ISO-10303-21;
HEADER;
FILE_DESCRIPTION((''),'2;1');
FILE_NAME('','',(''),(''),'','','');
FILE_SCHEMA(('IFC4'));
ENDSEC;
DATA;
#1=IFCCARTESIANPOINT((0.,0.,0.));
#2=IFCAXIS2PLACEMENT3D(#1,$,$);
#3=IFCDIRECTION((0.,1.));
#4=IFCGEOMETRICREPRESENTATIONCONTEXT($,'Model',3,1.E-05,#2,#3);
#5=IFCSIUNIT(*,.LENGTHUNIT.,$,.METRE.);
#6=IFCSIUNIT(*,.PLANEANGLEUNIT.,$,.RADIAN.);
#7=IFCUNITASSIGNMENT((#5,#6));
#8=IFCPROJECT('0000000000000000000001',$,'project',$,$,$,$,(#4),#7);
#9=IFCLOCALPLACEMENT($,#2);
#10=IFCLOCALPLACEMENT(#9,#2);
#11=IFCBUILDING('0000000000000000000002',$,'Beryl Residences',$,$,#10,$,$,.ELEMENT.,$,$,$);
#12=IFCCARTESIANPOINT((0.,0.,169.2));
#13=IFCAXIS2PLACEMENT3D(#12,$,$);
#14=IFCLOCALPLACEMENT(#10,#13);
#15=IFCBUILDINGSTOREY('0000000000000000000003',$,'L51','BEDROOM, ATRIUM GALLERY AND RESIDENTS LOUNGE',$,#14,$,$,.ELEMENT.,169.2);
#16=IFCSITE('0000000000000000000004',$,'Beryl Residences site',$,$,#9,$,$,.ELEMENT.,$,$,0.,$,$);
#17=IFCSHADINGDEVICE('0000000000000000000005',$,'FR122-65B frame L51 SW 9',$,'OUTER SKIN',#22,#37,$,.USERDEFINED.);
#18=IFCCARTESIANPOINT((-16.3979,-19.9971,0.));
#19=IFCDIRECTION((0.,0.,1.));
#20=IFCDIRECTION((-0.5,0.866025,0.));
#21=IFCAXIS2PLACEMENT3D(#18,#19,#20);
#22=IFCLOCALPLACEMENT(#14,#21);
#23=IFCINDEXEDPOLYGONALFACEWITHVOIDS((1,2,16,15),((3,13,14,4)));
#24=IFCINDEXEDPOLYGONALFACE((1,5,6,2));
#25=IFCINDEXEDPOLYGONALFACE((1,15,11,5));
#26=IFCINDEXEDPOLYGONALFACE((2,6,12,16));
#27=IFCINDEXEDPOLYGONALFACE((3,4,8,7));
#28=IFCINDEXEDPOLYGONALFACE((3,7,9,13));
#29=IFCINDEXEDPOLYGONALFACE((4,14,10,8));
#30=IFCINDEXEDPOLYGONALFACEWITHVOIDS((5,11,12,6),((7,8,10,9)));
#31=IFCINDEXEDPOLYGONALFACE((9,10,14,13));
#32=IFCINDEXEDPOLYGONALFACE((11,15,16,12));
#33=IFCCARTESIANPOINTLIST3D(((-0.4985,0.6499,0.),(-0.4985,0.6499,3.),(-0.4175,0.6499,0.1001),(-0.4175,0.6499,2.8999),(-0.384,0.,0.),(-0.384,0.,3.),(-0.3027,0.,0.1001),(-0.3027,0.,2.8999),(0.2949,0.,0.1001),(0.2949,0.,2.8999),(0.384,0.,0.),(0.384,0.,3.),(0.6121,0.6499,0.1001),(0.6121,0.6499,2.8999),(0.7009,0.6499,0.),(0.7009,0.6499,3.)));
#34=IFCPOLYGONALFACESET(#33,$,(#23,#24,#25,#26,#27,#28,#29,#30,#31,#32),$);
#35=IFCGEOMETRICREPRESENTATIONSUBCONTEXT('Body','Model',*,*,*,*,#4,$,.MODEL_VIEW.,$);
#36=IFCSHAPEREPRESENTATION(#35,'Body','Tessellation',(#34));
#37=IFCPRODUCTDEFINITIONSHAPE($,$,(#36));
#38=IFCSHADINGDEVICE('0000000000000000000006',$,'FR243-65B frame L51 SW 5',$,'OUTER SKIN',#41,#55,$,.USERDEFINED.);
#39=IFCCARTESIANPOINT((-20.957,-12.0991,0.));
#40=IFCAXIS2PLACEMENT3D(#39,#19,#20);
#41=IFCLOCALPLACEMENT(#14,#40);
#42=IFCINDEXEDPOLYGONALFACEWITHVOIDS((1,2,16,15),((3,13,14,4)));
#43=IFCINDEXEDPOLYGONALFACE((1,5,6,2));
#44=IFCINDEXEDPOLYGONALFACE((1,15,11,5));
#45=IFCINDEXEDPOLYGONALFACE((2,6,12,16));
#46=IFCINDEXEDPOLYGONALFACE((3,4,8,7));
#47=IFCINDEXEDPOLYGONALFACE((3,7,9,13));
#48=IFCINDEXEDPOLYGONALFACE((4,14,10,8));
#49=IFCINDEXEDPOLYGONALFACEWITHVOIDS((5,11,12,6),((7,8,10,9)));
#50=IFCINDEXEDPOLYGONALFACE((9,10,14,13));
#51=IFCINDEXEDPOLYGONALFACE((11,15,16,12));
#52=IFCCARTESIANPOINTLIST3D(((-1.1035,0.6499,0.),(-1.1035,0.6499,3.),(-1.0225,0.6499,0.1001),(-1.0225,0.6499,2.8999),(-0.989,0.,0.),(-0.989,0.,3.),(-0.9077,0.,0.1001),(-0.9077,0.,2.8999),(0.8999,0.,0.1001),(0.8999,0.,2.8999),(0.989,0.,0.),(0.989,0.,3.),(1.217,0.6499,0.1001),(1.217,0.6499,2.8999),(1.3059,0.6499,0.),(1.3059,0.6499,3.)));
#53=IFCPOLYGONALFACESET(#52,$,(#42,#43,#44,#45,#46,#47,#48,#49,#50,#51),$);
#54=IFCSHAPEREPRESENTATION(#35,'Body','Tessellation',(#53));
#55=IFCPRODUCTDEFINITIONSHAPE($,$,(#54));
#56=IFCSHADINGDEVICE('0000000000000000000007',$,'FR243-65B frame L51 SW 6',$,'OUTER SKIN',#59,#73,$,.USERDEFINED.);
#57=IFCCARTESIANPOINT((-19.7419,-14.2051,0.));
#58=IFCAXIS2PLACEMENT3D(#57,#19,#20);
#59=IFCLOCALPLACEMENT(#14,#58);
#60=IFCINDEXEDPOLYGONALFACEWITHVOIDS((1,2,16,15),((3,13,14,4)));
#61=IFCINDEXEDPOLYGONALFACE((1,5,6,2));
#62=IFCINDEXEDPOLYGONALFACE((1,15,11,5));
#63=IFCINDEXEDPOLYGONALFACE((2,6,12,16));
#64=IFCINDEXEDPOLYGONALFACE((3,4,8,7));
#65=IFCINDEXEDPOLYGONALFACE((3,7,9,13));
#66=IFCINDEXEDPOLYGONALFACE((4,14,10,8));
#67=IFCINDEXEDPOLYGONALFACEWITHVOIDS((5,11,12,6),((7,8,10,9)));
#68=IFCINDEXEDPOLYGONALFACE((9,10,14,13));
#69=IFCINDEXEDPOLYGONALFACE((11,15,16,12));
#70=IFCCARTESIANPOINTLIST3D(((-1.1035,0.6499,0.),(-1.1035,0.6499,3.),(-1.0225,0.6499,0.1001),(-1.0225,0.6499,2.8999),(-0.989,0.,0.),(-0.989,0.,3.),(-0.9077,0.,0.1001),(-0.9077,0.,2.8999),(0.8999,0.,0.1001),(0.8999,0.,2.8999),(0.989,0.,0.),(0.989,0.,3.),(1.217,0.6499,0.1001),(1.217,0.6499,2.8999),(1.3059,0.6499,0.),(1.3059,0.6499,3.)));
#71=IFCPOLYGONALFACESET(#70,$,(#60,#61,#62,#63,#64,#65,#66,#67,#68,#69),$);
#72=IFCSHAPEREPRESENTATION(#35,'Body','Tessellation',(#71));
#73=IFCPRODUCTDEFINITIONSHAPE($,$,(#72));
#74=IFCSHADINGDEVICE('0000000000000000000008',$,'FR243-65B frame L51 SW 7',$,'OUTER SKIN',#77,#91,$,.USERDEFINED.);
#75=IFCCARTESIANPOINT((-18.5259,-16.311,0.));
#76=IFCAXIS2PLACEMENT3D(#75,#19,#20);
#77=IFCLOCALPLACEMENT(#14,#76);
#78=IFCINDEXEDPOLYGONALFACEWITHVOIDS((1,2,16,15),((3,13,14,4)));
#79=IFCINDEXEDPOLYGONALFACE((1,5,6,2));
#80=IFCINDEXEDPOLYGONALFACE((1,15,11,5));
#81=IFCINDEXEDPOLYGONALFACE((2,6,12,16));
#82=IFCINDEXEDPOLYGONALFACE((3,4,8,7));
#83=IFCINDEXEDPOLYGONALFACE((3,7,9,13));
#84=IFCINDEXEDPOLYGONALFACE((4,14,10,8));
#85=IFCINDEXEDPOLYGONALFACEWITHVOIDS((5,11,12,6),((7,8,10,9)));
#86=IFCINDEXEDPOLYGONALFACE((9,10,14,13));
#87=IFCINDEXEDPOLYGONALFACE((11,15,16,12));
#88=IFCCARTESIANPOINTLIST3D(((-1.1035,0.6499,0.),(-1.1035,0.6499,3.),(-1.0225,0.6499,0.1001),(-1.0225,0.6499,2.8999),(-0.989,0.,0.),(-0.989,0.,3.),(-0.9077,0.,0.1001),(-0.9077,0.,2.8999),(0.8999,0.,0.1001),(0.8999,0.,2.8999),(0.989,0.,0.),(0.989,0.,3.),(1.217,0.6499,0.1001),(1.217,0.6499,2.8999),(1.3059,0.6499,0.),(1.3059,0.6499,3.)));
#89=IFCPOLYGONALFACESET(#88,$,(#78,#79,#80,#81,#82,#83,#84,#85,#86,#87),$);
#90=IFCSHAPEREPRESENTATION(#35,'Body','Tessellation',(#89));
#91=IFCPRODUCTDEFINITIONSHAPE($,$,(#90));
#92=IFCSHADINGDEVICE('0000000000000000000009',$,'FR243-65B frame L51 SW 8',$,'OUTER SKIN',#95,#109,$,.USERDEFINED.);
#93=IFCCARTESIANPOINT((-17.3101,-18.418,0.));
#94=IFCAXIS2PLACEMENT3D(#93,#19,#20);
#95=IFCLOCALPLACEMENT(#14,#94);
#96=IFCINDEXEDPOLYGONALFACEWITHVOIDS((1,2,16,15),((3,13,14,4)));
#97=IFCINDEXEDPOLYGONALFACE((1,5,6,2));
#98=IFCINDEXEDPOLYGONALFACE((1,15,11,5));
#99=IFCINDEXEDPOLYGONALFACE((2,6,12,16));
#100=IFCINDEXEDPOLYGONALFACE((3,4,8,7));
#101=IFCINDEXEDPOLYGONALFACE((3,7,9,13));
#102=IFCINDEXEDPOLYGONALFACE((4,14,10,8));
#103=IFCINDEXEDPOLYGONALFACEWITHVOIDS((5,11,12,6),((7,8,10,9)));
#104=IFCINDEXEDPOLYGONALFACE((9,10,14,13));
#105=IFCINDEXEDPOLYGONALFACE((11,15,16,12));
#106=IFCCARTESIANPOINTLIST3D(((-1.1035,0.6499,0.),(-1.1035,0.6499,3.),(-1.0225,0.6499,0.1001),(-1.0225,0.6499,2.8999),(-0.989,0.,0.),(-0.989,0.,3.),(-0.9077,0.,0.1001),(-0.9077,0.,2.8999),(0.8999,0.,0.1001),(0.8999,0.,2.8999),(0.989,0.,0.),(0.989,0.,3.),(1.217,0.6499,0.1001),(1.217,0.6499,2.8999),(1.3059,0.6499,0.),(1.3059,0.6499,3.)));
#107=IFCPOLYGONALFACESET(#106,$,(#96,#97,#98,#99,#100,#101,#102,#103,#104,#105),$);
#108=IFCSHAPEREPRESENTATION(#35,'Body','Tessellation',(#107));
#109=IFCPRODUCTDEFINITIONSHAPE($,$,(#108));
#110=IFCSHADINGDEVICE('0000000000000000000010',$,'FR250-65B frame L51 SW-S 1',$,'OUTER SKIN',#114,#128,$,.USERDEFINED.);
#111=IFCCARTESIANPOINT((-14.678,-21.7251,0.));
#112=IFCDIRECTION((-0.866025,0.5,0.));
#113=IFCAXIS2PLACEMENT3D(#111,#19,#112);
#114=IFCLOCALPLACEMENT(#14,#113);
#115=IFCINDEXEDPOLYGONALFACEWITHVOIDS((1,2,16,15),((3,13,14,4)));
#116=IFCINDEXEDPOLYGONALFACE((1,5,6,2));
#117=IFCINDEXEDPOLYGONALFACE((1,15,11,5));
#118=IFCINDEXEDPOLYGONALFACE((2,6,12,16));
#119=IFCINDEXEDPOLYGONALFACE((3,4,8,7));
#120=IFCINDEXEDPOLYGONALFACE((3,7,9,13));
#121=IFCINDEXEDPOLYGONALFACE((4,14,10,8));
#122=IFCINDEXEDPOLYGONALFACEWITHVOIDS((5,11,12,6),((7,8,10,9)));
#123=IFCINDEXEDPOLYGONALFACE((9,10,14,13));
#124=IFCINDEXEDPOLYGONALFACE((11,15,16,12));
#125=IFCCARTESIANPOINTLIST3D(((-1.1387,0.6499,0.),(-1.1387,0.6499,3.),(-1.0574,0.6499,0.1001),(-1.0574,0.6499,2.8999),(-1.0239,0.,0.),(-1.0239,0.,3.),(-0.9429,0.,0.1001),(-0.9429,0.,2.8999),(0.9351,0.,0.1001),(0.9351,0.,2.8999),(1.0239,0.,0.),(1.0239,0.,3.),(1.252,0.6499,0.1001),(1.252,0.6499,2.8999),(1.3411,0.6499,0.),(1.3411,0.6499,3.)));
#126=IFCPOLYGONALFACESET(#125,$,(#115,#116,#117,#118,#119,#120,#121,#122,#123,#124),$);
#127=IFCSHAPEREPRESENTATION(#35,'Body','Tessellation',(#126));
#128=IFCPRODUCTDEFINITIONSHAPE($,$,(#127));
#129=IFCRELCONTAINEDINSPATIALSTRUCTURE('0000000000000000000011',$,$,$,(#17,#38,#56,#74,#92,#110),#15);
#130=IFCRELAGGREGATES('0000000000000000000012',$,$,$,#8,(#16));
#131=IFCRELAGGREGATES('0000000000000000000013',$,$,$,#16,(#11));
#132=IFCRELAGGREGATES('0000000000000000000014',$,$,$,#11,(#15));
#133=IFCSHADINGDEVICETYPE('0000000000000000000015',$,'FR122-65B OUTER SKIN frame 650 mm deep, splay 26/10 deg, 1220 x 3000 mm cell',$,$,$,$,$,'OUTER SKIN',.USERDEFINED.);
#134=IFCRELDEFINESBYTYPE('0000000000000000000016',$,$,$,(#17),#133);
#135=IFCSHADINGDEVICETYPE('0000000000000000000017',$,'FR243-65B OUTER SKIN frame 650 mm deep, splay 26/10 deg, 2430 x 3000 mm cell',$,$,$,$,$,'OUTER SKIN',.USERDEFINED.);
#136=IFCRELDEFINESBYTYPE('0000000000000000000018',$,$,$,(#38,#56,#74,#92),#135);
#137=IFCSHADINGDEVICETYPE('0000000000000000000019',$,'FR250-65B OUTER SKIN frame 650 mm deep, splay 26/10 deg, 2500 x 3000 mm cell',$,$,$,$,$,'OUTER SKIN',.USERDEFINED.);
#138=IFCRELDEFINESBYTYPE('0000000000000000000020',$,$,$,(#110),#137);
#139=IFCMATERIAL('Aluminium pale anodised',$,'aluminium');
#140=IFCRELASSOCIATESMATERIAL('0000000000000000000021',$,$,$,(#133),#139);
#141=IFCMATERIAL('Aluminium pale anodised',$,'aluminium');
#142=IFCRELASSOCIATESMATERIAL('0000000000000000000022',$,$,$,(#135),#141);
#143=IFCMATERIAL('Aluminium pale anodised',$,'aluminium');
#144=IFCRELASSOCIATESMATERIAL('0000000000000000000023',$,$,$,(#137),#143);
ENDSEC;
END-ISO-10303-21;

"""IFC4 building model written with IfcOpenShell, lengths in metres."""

from ifc_helpers import new_model, entity, si_unit, direction, frame, origin, place, context, subcontext, project, spatial, source, transform, mapped, material, type_object, type_shapes, element, save


model = new_model("IFC4")

# Units and contexts
model_context = context("Model", 3, precision=1e-05, world=origin(), true_north=direction((0.0, 1.0)))
body_context = subcontext(model_context, "Body", "Model", "MODEL_VIEW")
ifc_project = project(units=[si_unit("LENGTHUNIT", "METRE"), si_unit("PLANEANGLEUNIT", "RADIAN")], contexts=[model_context])

# Site, building, storey
site_placement = place(None, origin())
site = spatial("IfcSite", under=ifc_project, at=site_placement, Name="Beryl Residences site", CompositionType="ELEMENT", RefElevation=0.0)
building_placement = place(site_placement, origin())
building = spatial("IfcBuilding", under=site, at=building_placement, Name="Beryl Residences", CompositionType="ELEMENT")
storey_placement = place(building_placement, frame((0.0, 0.0, 169.2)))
storey = spatial("IfcBuildingStorey", under=building, at=storey_placement, Name="L51", Description="BEDROOM, ATRIUM GALLERY AND RESIDENTS LOUNGE", CompositionType="ELEMENT", Elevation=169.2)

# Shading devices
ifc_material_1 = material(Name="Aluminium pale anodised", Category="aluminium")
shading_device_type_1 = type_object("IfcShadingDeviceType", Name="FR122-65B OUTER SKIN frame 650 mm deep, splay 26/10 deg, 1220 x 3000 mm cell", ElementType="OUTER SKIN", PredefinedType="USERDEFINED", material=ifc_material_1)
cartesian_point_1 = entity("IfcCartesianPoint", [-0.384, 0.0])
cartesian_point_2 = entity("IfcCartesianPoint", [-0.2949, 0.1001])
cartesian_point_3 = entity("IfcCartesianPoint", [-0.7009, 0.0])
cartesian_point_4 = entity("IfcCartesianPoint", [-0.6121, 0.1001])
shared_shape_1 = source(origin(), body_context, "Body", "SweptSolid", [
    entity("IfcExtrudedAreaSolidTapered", entity("IfcArbitraryProfileDefWithVoids", "AREA", None, entity("IfcPolyline", [cartesian_point_1, entity("IfcCartesianPoint", [0.384, 0.0]), entity("IfcCartesianPoint", [0.384, 3.0]), entity("IfcCartesianPoint", [-0.384, 3.0]), cartesian_point_1]), [entity("IfcPolyline", [cartesian_point_2, entity("IfcCartesianPoint", [0.3027, 0.1001]), entity("IfcCartesianPoint", [0.3027, 2.8999]), entity("IfcCartesianPoint", [-0.2949, 2.8999]), cartesian_point_2])]), entity("IfcAxis2Placement3D", entity("IfcCartesianPoint", [0.0, 0.0, 0.0]), entity("IfcDirection", [0.0, 1.0, 0.0]), entity("IfcDirection", [-1.0, 0.0, 0.0])), entity("IfcDirection", [0.0, 0.0, 1.0]), 0.6499, entity("IfcArbitraryProfileDefWithVoids", "AREA", None, entity("IfcPolyline", [cartesian_point_3, entity("IfcCartesianPoint", [0.4985, 0.0]), entity("IfcCartesianPoint", [0.4985, 3.0]), entity("IfcCartesianPoint", [-0.7009, 3.0]), cartesian_point_3]), [entity("IfcPolyline", [cartesian_point_4, entity("IfcCartesianPoint", [0.4175, 0.1001]), entity("IfcCartesianPoint", [0.4175, 2.8999]), entity("IfcCartesianPoint", [-0.6121, 2.8999]), cartesian_point_4])])),
])
type_shapes(shading_device_type_1, [shared_shape_1])
shading_device_1_placement = place(storey_placement, frame((-16.3979, -19.9971, 0.0), z_axis=(0.0, 0.0, 1.0), x_axis=(-0.5, 0.866025, 0.0)))
element("IfcShadingDevice", 1, at=shading_device_1_placement, inside=storey, type_object=shading_device_type_1, Name="FR122-65B frame L51 SW 9", ObjectType="OUTER SKIN", PredefinedType="USERDEFINED", context=body_context, shape_type="MappedRepresentation", body=[
    mapped(shared_shape_1, transform((0.0, 0.0, 0.0))),
])
ifc_material_2 = material(Name="Aluminium pale anodised", Category="aluminium")
shading_device_type_2 = type_object("IfcShadingDeviceType", Name="FR243-65B OUTER SKIN frame 650 mm deep, splay 26/10 deg, 2430 x 3000 mm cell", ElementType="OUTER SKIN", PredefinedType="USERDEFINED", material=ifc_material_2)
cartesian_point_5 = entity("IfcCartesianPoint", [-0.989, 0.0])
cartesian_point_6 = entity("IfcCartesianPoint", [-0.8999, 0.1001])
cartesian_point_7 = entity("IfcCartesianPoint", [-1.3059, 0.0])
cartesian_point_8 = entity("IfcCartesianPoint", [-1.217, 0.1001])
shared_shape_2 = source(origin(), body_context, "Body", "SweptSolid", [
    entity("IfcExtrudedAreaSolidTapered", entity("IfcArbitraryProfileDefWithVoids", "AREA", None, entity("IfcPolyline", [cartesian_point_5, entity("IfcCartesianPoint", [0.989, 0.0]), entity("IfcCartesianPoint", [0.989, 3.0]), entity("IfcCartesianPoint", [-0.989, 3.0]), cartesian_point_5]), [entity("IfcPolyline", [cartesian_point_6, entity("IfcCartesianPoint", [0.9077, 0.1001]), entity("IfcCartesianPoint", [0.9077, 2.8999]), entity("IfcCartesianPoint", [-0.8999, 2.8999]), cartesian_point_6])]), entity("IfcAxis2Placement3D", entity("IfcCartesianPoint", [0.0, 0.0, 0.0]), entity("IfcDirection", [0.0, 1.0, 0.0]), entity("IfcDirection", [-1.0, 0.0, 0.0])), entity("IfcDirection", [0.0, 0.0, 1.0]), 0.6499, entity("IfcArbitraryProfileDefWithVoids", "AREA", None, entity("IfcPolyline", [cartesian_point_7, entity("IfcCartesianPoint", [1.1035, 0.0]), entity("IfcCartesianPoint", [1.1035, 3.0]), entity("IfcCartesianPoint", [-1.3059, 3.0]), cartesian_point_7]), [entity("IfcPolyline", [cartesian_point_8, entity("IfcCartesianPoint", [1.0225, 0.1001]), entity("IfcCartesianPoint", [1.0225, 2.8999]), entity("IfcCartesianPoint", [-1.217, 2.8999]), cartesian_point_8])])),
])
type_shapes(shading_device_type_2, [shared_shape_2])
for number, where, z_axis, x_axis, name in (
    (2, (-20.957, -12.0991, 0.0), (0.0, 0.0, 1.0), (-0.5, 0.866025, 0.0), "FR243-65B frame L51 SW 5"),
    (3, (-19.7419, -14.2051, 0.0), (0.0, 0.0, 1.0), (-0.5, 0.866025, 0.0), "FR243-65B frame L51 SW 6"),
    (4, (-18.5259, -16.311, 0.0), (0.0, 0.0, 1.0), (-0.5, 0.866025, 0.0), "FR243-65B frame L51 SW 7"),
    (5, (-17.3101, -18.418, 0.0), (0.0, 0.0, 1.0), (-0.5, 0.866025, 0.0), "FR243-65B frame L51 SW 8"),
):
    element("IfcShadingDevice", number, at=place(storey_placement, frame(where, z_axis=z_axis, x_axis=x_axis)), inside=storey, type_object=shading_device_type_2, Name=name, ObjectType="OUTER SKIN", PredefinedType="USERDEFINED", context=body_context, shape_type="MappedRepresentation", body=[
        mapped(shared_shape_2, transform((0.0, 0.0, 0.0))),
    ])
ifc_material_3 = material(Name="Aluminium pale anodised", Category="aluminium")
shading_device_type_3 = type_object("IfcShadingDeviceType", Name="FR250-65B OUTER SKIN frame 650 mm deep, splay 26/10 deg, 2500 x 3000 mm cell", ElementType="OUTER SKIN", PredefinedType="USERDEFINED", material=ifc_material_3)
cartesian_point_9 = entity("IfcCartesianPoint", [-1.0239, 0.0])
cartesian_point_10 = entity("IfcCartesianPoint", [-0.9351, 0.1001])
cartesian_point_11 = entity("IfcCartesianPoint", [-1.3411, 0.0])
cartesian_point_12 = entity("IfcCartesianPoint", [-1.252, 0.1001])
shared_shape_3 = source(origin(), body_context, "Body", "SweptSolid", [
    entity("IfcExtrudedAreaSolidTapered", entity("IfcArbitraryProfileDefWithVoids", "AREA", None, entity("IfcPolyline", [cartesian_point_9, entity("IfcCartesianPoint", [1.0239, 0.0]), entity("IfcCartesianPoint", [1.0239, 3.0]), entity("IfcCartesianPoint", [-1.0239, 3.0]), cartesian_point_9]), [entity("IfcPolyline", [cartesian_point_10, entity("IfcCartesianPoint", [0.9429, 0.1001]), entity("IfcCartesianPoint", [0.9429, 2.8999]), entity("IfcCartesianPoint", [-0.9351, 2.8999]), cartesian_point_10])]), entity("IfcAxis2Placement3D", entity("IfcCartesianPoint", [0.0, 0.0, 0.0]), entity("IfcDirection", [0.0, 1.0, 0.0]), entity("IfcDirection", [-1.0, 0.0, 0.0])), entity("IfcDirection", [0.0, 0.0, 1.0]), 0.6499, entity("IfcArbitraryProfileDefWithVoids", "AREA", None, entity("IfcPolyline", [cartesian_point_11, entity("IfcCartesianPoint", [1.1387, 0.0]), entity("IfcCartesianPoint", [1.1387, 3.0]), entity("IfcCartesianPoint", [-1.3411, 3.0]), cartesian_point_11]), [entity("IfcPolyline", [cartesian_point_12, entity("IfcCartesianPoint", [1.0574, 0.1001]), entity("IfcCartesianPoint", [1.0574, 2.8999]), entity("IfcCartesianPoint", [-1.252, 2.8999]), cartesian_point_12])])),
])
type_shapes(shading_device_type_3, [shared_shape_3])
shading_device_2_placement = place(storey_placement, frame((-14.678, -21.7251, 0.0), z_axis=(0.0, 0.0, 1.0), x_axis=(-0.866025, 0.5, 0.0)))
element("IfcShadingDevice", 6, at=shading_device_2_placement, inside=storey, type_object=shading_device_type_3, Name="FR250-65B frame L51 SW-S 1", ObjectType="OUTER SKIN", PredefinedType="USERDEFINED", context=body_context, shape_type="MappedRepresentation", body=[
    mapped(shared_shape_3, transform((0.0, 0.0, 0.0))),
])

save(model, "model.ifc")
